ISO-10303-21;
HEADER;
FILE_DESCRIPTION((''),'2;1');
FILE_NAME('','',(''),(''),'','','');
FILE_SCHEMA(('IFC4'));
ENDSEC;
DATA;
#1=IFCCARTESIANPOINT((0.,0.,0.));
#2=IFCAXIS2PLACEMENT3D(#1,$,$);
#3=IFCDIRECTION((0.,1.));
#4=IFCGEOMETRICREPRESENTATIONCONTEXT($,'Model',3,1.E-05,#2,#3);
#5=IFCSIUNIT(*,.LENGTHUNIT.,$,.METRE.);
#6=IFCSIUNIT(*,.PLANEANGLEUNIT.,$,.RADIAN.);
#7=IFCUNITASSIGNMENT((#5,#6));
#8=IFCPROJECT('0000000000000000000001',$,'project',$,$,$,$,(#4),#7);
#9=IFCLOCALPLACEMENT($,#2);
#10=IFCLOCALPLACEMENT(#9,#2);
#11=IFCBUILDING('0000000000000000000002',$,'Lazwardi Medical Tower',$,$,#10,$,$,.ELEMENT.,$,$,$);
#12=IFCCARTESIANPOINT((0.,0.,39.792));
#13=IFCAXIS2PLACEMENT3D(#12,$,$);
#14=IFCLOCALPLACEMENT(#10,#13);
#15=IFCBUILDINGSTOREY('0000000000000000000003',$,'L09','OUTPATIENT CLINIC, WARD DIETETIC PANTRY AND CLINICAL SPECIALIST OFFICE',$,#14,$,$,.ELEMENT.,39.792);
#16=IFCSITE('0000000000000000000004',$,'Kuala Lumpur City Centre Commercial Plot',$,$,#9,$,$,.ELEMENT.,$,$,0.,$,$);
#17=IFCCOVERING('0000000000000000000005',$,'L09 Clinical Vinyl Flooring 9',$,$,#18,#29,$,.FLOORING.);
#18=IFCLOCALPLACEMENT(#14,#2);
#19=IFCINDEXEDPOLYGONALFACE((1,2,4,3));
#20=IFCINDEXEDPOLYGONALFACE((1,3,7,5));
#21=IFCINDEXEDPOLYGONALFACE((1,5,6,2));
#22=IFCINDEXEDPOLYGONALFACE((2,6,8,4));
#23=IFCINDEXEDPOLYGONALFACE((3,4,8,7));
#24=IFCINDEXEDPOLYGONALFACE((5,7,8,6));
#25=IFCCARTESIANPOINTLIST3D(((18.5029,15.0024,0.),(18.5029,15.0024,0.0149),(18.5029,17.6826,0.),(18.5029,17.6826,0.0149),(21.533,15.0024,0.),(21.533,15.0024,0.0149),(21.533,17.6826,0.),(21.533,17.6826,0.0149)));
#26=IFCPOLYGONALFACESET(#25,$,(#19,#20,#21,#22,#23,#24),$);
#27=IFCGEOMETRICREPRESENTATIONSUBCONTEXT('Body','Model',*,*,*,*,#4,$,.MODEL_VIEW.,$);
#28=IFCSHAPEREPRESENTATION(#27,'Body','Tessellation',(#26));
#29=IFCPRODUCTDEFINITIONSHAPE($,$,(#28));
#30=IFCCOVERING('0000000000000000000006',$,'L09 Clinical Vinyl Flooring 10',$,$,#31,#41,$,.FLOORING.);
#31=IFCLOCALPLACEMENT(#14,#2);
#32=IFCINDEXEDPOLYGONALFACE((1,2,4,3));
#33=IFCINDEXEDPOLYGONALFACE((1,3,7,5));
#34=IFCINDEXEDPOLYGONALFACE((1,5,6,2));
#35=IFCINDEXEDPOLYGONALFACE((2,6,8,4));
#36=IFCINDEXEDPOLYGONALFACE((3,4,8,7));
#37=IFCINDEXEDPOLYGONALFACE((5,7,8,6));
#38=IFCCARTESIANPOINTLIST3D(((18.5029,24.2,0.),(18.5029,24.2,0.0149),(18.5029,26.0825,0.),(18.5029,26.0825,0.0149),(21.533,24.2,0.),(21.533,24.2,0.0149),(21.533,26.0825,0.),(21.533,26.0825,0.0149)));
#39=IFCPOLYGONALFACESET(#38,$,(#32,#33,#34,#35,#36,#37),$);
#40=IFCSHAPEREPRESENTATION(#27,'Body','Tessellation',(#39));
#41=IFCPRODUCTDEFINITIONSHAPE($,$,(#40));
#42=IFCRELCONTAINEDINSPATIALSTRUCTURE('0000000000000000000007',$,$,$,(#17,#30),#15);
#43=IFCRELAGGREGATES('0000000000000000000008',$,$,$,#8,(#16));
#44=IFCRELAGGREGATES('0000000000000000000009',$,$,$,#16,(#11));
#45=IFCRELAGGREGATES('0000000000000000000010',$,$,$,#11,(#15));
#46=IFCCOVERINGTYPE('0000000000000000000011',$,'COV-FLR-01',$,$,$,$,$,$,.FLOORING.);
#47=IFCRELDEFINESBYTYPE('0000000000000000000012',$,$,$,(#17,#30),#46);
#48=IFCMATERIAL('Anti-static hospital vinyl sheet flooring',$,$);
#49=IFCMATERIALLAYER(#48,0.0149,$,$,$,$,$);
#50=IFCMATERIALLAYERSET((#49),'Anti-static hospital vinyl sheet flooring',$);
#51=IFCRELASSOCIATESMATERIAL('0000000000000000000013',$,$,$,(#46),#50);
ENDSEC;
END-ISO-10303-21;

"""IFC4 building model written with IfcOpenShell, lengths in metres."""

from ifc_helpers import new_model, si_unit, direction, frame, origin, place, context, subcontext, project, spatial, polyline, outline, extrude, material, layer, layer_set, type_object, element, save


model = new_model("IFC4")

# Units and contexts
model_context = context("Model", 3, precision=1e-05, world=origin(), true_north=direction((0.0, 1.0)))
body_context = subcontext(model_context, "Body", "Model", "MODEL_VIEW")
ifc_project = project(units=[si_unit("LENGTHUNIT", "METRE"), si_unit("PLANEANGLEUNIT", "RADIAN")], contexts=[model_context])

# Site, building, storey
site_placement = place(None, origin())
site = spatial("IfcSite", under=ifc_project, at=site_placement, Name="Kuala Lumpur City Centre Commercial Plot", CompositionType="ELEMENT", RefElevation=0.0)
building_placement = place(site_placement, origin())
building = spatial("IfcBuilding", under=site, at=building_placement, Name="Lazwardi Medical Tower", CompositionType="ELEMENT")
storey_placement = place(building_placement, frame((0.0, 0.0, 39.792)))
storey = spatial("IfcBuildingStorey", under=building, at=storey_placement, Name="L09", Description="OUTPATIENT CLINIC, WARD DIETETIC PANTRY AND CLINICAL SPECIALIST OFFICE", CompositionType="ELEMENT", Elevation=39.792)

# Coverings
ifc_material_1 = material(Name="Anti-static hospital vinyl sheet flooring")
ifc_layer_1 = layer(ifc_material_1, 0.0149)
ifc_layer_set_1 = layer_set([ifc_layer_1], Name="Anti-static hospital vinyl sheet flooring")
covering_type_1 = type_object("IfcCoveringType", Name="COV-FLR-01", PredefinedType="FLOORING", material=ifc_layer_set_1)
covering_1_placement = place(storey_placement, origin())
element("IfcCovering", 1, at=covering_1_placement, inside=storey, type_object=covering_type_1, Name="L09 Clinical Vinyl Flooring 9", PredefinedType="FLOORING", context=body_context, shape_type="SweptSolid", body=[
    extrude(outline(polyline([(21.533, 15.0024), (21.533, 17.6826), (18.5029, 17.6826), (18.5029, 15.0024), (21.533, 15.0024)])), origin(), (0.0, 0.0, 1.0), 0.0149),
])
covering_2_placement = place(storey_placement, origin())
element("IfcCovering", 2, at=covering_2_placement, inside=storey, type_object=covering_type_1, Name="L09 Clinical Vinyl Flooring 10", PredefinedType="FLOORING", context=body_context, shape_type="SweptSolid", body=[
    extrude(outline(polyline([(18.5029, 24.2), (21.533, 24.2), (21.533, 26.0825), (18.5029, 26.0825), (18.5029, 24.2)])), origin(), (0.0, 0.0, 1.0), 0.0149),
])

save(model, "model.ifc")
